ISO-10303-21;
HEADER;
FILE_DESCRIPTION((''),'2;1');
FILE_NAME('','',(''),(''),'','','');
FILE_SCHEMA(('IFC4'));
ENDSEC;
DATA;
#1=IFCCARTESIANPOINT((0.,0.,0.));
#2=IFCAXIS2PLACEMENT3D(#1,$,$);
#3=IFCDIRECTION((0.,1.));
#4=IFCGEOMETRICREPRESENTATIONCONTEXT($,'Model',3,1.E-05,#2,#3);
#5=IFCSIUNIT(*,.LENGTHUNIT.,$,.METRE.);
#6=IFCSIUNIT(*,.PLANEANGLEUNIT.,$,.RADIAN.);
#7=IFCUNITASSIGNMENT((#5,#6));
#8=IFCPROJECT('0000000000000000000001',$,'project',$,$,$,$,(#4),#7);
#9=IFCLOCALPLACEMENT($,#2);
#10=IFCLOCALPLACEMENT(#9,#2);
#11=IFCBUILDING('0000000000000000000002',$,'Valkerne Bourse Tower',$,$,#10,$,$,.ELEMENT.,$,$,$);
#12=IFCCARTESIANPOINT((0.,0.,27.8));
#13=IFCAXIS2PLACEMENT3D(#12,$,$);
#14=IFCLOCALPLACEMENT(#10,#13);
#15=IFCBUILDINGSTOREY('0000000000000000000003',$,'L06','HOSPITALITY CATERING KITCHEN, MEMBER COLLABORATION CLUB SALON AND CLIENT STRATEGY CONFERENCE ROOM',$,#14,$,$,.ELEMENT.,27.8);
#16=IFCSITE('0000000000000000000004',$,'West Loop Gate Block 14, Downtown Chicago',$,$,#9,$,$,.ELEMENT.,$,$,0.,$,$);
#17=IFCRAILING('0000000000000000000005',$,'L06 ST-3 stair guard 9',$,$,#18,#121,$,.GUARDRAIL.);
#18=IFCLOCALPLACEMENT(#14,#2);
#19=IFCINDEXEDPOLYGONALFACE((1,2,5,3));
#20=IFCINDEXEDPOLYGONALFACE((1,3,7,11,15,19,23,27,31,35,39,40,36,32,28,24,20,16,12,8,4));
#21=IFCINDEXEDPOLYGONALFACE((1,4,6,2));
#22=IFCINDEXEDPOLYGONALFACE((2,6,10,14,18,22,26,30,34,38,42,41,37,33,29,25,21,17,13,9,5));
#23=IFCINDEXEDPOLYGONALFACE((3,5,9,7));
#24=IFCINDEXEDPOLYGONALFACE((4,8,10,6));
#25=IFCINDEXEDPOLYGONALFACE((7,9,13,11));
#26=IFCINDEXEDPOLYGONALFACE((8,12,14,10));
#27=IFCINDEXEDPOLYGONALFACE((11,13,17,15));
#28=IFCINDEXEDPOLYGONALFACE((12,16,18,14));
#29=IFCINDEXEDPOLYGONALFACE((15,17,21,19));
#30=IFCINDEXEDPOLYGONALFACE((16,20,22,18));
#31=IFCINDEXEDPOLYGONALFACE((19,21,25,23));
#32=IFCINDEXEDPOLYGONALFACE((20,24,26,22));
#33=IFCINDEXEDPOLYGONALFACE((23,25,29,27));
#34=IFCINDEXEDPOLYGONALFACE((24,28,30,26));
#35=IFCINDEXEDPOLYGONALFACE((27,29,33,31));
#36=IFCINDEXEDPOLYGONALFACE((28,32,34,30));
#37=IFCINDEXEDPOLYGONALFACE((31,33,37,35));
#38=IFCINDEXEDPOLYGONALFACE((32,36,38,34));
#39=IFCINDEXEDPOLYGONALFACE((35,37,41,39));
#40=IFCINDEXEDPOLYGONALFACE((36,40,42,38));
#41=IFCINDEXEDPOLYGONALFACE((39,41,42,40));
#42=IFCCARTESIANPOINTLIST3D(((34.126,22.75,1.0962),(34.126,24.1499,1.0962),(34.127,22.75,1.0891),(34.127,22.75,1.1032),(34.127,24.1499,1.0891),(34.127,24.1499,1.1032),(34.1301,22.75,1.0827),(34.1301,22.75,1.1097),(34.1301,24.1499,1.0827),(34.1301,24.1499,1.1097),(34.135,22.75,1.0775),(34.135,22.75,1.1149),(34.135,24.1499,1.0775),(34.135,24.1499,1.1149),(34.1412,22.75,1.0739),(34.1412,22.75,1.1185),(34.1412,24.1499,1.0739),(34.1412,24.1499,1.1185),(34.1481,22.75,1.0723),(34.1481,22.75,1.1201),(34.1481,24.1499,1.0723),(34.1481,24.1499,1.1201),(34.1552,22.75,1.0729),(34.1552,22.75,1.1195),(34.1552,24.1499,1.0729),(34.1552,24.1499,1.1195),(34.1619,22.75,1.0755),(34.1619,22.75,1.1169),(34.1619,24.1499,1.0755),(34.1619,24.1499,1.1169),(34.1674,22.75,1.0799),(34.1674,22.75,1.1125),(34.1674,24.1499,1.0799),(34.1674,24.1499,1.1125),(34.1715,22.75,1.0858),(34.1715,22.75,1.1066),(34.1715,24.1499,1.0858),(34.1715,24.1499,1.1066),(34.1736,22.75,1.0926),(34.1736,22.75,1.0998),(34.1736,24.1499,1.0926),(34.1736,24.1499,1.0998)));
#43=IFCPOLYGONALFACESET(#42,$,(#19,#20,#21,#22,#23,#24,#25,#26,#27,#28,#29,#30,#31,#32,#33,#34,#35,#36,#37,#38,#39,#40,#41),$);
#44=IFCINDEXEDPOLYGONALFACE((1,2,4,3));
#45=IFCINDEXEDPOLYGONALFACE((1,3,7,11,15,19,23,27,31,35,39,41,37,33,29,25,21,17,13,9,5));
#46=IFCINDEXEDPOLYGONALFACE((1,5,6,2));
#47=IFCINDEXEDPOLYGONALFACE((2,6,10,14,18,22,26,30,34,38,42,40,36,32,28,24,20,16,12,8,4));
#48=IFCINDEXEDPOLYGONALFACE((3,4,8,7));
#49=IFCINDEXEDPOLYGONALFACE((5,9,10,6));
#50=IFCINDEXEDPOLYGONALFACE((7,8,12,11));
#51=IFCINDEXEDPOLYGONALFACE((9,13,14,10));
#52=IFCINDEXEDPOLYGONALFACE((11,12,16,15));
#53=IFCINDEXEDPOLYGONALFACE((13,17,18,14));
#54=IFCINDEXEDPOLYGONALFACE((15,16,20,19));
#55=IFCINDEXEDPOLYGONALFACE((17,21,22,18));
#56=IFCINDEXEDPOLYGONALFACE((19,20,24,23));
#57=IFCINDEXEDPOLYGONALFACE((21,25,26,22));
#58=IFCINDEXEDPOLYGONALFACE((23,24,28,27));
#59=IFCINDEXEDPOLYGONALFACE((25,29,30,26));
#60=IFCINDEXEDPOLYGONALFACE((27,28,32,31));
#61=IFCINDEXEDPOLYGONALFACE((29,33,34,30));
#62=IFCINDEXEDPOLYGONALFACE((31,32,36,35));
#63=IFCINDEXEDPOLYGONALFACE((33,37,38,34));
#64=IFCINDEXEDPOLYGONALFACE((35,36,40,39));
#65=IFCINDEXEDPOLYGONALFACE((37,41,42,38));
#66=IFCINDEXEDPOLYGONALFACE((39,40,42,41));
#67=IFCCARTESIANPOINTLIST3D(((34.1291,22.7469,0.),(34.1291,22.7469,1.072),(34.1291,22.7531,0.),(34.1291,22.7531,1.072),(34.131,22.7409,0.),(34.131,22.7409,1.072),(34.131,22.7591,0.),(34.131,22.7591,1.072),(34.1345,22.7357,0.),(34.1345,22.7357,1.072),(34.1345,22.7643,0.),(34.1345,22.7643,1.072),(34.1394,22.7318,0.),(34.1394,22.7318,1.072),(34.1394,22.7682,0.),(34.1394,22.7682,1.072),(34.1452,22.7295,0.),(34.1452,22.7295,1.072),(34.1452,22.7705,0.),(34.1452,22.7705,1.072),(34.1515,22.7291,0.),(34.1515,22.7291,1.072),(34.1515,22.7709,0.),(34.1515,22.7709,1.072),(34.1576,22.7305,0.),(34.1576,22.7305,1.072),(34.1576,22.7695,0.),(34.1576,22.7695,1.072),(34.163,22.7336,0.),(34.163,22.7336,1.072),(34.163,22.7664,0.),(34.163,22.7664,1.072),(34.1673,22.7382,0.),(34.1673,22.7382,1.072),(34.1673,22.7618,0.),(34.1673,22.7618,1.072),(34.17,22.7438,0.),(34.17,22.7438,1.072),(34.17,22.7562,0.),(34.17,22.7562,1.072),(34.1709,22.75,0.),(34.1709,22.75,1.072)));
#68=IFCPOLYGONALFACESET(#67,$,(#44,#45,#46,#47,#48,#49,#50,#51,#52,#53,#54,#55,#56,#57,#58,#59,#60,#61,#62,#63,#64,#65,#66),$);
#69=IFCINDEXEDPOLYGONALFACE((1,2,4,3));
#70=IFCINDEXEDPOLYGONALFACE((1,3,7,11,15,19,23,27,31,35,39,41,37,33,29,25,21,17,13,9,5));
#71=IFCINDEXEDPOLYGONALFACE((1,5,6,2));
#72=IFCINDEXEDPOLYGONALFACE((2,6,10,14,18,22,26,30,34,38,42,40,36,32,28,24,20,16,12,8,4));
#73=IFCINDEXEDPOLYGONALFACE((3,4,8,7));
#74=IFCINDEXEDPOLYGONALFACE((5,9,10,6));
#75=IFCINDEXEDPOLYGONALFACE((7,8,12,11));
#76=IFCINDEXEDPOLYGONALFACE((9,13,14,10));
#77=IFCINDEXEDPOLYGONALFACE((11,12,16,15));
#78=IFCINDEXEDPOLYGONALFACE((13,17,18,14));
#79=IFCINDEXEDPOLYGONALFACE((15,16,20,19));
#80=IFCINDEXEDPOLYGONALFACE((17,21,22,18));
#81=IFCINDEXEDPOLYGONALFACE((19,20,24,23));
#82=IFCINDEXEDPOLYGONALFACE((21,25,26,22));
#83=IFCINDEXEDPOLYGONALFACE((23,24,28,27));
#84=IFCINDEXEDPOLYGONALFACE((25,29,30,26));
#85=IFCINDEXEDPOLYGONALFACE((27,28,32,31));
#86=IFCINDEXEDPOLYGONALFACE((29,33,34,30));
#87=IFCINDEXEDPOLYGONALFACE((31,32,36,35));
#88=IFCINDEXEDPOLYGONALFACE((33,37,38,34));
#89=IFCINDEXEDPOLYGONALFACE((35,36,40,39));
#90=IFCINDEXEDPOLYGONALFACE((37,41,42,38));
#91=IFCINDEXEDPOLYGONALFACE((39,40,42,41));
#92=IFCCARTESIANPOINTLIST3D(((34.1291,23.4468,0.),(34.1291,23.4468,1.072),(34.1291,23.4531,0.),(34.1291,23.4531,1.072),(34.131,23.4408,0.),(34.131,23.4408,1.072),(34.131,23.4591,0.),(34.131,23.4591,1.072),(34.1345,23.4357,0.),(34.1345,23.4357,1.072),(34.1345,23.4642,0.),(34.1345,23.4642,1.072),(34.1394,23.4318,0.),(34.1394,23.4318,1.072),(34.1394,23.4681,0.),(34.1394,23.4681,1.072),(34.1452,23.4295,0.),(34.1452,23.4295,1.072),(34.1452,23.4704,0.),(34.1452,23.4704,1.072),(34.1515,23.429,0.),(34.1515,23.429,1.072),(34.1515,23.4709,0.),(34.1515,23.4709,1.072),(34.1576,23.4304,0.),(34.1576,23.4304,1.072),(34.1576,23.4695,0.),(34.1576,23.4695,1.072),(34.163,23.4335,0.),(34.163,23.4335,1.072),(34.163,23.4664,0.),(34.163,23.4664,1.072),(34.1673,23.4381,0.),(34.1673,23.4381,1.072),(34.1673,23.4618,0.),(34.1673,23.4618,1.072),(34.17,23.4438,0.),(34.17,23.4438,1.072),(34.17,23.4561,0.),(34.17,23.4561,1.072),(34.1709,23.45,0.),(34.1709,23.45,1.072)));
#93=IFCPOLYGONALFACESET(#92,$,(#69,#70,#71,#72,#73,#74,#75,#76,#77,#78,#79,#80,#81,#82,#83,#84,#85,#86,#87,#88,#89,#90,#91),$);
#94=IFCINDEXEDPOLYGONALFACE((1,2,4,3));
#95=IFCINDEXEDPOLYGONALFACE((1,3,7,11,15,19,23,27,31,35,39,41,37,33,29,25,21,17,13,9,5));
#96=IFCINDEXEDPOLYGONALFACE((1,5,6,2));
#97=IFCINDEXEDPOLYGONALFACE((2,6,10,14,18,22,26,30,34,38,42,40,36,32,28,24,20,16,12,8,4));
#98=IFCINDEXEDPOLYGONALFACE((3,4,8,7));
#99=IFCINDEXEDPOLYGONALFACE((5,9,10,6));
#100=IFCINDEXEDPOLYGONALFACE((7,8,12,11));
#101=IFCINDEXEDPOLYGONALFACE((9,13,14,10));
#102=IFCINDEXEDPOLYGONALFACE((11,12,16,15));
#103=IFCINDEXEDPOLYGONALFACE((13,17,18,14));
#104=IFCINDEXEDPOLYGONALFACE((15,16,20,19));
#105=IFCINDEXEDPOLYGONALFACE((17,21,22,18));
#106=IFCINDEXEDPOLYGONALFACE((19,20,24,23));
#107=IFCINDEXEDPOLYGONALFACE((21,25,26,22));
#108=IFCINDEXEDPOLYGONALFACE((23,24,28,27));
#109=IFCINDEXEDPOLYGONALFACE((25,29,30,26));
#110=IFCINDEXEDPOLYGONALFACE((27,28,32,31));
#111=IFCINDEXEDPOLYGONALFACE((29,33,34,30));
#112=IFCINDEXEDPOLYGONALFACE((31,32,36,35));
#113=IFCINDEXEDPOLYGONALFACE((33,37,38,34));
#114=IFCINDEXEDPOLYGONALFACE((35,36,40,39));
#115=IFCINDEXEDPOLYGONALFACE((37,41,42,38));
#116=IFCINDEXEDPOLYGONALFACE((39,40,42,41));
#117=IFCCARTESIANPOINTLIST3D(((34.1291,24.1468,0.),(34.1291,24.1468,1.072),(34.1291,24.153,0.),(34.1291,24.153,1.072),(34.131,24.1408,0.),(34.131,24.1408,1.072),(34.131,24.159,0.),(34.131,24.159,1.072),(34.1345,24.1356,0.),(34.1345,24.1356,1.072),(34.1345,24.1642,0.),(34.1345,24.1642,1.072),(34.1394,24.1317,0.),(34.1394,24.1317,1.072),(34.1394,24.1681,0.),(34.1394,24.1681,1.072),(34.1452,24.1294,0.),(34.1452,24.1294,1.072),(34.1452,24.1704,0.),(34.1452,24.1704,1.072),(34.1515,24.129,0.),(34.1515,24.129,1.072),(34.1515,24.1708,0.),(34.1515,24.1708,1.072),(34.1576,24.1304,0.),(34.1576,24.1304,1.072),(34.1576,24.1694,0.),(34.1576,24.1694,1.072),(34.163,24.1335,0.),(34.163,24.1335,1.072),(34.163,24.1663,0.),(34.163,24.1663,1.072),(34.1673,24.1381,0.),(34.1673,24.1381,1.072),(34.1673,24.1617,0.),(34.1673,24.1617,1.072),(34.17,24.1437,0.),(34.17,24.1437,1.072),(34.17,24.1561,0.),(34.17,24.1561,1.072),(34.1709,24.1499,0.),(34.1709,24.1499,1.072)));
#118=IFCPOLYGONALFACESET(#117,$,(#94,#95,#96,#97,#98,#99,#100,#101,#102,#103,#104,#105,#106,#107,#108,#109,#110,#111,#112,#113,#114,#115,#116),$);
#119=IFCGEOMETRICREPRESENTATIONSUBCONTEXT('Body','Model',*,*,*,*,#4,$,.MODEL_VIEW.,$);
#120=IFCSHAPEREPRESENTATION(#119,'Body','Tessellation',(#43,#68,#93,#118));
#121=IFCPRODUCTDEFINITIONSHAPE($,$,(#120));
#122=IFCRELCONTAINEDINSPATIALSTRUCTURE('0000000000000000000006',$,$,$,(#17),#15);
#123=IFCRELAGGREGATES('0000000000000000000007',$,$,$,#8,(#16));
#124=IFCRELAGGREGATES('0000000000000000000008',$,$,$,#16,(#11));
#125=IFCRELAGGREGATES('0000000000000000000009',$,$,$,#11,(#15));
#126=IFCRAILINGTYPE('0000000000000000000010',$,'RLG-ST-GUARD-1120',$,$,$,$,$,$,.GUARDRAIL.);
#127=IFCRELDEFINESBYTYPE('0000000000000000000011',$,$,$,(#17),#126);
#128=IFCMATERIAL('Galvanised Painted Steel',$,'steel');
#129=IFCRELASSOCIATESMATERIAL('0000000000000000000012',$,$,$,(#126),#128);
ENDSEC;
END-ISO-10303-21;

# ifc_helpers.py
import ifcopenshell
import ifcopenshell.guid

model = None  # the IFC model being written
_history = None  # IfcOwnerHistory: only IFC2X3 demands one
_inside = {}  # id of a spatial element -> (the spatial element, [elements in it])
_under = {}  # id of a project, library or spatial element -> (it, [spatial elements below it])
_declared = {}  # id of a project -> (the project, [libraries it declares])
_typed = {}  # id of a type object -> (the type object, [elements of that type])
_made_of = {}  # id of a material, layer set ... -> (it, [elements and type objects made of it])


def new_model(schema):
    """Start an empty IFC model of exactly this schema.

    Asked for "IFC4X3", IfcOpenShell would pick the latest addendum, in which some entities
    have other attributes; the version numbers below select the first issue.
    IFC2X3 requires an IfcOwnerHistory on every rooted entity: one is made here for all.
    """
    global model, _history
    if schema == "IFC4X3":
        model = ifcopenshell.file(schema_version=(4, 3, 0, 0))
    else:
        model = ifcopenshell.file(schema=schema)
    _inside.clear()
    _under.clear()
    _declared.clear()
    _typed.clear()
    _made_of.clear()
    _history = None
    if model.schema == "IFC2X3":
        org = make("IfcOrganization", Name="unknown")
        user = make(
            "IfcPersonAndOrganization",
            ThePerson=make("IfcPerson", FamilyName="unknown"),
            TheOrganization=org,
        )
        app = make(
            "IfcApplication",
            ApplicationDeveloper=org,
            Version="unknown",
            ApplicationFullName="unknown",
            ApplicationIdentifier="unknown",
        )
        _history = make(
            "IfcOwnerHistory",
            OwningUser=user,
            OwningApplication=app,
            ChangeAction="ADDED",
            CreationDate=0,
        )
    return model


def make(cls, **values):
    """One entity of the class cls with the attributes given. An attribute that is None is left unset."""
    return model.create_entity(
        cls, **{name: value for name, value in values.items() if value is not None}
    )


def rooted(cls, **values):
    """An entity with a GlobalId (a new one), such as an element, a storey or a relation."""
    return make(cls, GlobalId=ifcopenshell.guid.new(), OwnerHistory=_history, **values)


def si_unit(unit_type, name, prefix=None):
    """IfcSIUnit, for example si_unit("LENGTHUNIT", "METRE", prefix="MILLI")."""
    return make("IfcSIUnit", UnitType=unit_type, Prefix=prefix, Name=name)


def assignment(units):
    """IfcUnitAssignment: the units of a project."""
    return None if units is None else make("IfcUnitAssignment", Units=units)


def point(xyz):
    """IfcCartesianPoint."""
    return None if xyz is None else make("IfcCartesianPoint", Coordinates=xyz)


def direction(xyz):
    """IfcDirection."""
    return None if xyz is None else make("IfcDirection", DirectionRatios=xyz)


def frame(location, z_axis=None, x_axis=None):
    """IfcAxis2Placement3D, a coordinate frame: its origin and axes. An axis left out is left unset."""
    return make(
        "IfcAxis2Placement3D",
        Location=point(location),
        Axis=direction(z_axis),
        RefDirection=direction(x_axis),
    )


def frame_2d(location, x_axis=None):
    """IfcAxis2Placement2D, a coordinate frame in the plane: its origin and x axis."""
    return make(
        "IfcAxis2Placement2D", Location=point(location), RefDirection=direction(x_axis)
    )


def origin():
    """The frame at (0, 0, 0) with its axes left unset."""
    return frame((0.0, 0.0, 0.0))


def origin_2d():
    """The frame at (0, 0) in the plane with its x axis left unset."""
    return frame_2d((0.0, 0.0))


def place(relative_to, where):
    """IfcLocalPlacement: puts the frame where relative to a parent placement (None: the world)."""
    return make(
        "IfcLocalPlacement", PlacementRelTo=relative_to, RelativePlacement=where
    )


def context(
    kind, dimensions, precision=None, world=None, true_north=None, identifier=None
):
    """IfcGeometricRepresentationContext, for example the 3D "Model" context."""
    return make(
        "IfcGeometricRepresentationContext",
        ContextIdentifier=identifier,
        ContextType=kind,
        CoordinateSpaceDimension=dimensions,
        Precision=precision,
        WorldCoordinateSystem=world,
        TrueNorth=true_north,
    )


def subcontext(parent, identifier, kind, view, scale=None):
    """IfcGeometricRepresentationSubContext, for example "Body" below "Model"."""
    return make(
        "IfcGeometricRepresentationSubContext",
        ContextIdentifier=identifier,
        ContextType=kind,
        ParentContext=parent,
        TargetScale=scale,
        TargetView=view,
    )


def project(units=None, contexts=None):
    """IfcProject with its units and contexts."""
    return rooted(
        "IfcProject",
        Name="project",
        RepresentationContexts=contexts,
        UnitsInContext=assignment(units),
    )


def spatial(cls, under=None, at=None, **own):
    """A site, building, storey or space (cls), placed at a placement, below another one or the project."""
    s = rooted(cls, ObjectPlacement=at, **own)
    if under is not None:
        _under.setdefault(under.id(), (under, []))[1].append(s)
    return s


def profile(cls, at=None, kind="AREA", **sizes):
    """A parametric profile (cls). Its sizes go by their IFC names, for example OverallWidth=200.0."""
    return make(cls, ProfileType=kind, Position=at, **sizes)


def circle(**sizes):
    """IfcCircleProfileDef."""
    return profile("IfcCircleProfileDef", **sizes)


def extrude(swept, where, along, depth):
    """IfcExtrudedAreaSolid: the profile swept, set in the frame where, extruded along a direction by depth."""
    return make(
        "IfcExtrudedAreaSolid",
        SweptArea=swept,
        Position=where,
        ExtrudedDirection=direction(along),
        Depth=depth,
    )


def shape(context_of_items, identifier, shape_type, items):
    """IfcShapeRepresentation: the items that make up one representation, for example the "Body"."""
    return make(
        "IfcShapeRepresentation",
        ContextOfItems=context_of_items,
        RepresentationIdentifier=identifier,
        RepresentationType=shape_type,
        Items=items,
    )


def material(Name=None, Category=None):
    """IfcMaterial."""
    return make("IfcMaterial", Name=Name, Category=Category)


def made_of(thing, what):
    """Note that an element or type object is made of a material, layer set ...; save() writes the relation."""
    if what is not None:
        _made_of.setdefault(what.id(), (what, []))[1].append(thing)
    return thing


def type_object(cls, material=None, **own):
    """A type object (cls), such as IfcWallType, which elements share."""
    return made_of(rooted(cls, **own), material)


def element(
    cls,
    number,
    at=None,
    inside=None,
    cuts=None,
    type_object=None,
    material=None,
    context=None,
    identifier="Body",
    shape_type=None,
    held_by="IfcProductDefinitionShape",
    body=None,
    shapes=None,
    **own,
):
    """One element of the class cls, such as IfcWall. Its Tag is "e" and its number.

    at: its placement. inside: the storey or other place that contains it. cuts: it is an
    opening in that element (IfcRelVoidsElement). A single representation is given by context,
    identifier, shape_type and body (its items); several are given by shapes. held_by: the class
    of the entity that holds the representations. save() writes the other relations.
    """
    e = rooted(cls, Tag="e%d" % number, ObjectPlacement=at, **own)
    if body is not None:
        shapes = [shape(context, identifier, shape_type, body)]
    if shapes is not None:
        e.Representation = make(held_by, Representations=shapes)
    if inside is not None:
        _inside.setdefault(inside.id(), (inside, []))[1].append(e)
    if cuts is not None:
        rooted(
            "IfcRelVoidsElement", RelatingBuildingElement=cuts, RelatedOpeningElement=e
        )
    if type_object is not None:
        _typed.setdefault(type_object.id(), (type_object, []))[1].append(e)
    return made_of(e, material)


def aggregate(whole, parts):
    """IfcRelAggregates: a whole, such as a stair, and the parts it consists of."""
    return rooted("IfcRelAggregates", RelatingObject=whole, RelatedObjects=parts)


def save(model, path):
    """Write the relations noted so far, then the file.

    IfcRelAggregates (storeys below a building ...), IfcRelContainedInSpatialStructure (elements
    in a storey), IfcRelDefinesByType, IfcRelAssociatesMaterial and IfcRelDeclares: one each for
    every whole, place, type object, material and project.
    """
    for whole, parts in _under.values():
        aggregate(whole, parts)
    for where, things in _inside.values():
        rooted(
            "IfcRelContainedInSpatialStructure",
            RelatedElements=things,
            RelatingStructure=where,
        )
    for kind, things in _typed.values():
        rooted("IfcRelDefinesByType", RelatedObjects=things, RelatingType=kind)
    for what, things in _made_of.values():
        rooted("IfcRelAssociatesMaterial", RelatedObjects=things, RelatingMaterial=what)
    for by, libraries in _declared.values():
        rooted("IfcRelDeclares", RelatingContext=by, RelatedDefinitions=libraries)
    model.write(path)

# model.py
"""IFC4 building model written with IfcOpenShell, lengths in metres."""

from ifc_helpers import new_model, si_unit, direction, frame, origin, origin_2d, place, context, subcontext, project, spatial, circle, extrude, material, type_object, element, save


model = new_model("IFC4")

# Units and contexts
model_context = context("Model", 3, precision=1e-05, world=origin(), true_north=direction((0.0, 1.0)))
body_context = subcontext(model_context, "Body", "Model", "MODEL_VIEW")
ifc_project = project(units=[si_unit("LENGTHUNIT", "METRE"), si_unit("PLANEANGLEUNIT", "RADIAN")], contexts=[model_context])

# Site, building, storey
site_placement = place(None, origin())
site = spatial("IfcSite", under=ifc_project, at=site_placement, Name="West Loop Gate Block 14, Downtown Chicago", CompositionType="ELEMENT", RefElevation=0.0)
building_placement = place(site_placement, origin())
building = spatial("IfcBuilding", under=site, at=building_placement, Name="Valkerne Bourse Tower", CompositionType="ELEMENT")
storey_placement = place(building_placement, frame((0.0, 0.0, 27.8)))
storey = spatial("IfcBuildingStorey", under=building, at=storey_placement, Name="L06", Description="HOSPITALITY CATERING KITCHEN, MEMBER COLLABORATION CLUB SALON AND CLIENT STRATEGY CONFERENCE ROOM", CompositionType="ELEMENT", Elevation=27.8)

# Shared definitions
ifc_material_1 = material(Name="Galvanised Painted Steel", Category="steel")

# Railing
railing_type_1 = type_object("IfcRailingType", Name="RLG-ST-GUARD-1120", PredefinedType="GUARDRAIL", material=ifc_material_1)
for number, where, name in (
    (1, (34.1499, 22.75, 0.0), "L06 ST-3 stair guard 9"),
):
    element("IfcRailing", number, at=place(storey_placement, frame(where)), inside=storey, type_object=railing_type_1, Name=name, PredefinedType="GUARDRAIL", context=body_context, shape_type="SweptSolid", body=[
        extrude(circle(Radius=0.0239, at=origin_2d()), frame((0.0, 0.0, 1.0962), z_axis=(0.0, 1.0, 0.0), x_axis=(-1.0, 0.0, 0.0)), (0.0, 0.0, 1.0), 1.3999),
        extrude(circle(Radius=0.021, at=origin_2d()), origin(), (0.0, 0.0, 1.0), 1.072),
        extrude(circle(Radius=0.021, at=origin_2d()), frame((0.0, 0.7, 0.0)), (0.0, 0.0, 1.0), 1.072),
        extrude(circle(Radius=0.021, at=origin_2d()), frame((0.0, 1.3999, 0.0)), (0.0, 0.0, 1.0), 1.072),
    ])

save(model, "model.ifc")
